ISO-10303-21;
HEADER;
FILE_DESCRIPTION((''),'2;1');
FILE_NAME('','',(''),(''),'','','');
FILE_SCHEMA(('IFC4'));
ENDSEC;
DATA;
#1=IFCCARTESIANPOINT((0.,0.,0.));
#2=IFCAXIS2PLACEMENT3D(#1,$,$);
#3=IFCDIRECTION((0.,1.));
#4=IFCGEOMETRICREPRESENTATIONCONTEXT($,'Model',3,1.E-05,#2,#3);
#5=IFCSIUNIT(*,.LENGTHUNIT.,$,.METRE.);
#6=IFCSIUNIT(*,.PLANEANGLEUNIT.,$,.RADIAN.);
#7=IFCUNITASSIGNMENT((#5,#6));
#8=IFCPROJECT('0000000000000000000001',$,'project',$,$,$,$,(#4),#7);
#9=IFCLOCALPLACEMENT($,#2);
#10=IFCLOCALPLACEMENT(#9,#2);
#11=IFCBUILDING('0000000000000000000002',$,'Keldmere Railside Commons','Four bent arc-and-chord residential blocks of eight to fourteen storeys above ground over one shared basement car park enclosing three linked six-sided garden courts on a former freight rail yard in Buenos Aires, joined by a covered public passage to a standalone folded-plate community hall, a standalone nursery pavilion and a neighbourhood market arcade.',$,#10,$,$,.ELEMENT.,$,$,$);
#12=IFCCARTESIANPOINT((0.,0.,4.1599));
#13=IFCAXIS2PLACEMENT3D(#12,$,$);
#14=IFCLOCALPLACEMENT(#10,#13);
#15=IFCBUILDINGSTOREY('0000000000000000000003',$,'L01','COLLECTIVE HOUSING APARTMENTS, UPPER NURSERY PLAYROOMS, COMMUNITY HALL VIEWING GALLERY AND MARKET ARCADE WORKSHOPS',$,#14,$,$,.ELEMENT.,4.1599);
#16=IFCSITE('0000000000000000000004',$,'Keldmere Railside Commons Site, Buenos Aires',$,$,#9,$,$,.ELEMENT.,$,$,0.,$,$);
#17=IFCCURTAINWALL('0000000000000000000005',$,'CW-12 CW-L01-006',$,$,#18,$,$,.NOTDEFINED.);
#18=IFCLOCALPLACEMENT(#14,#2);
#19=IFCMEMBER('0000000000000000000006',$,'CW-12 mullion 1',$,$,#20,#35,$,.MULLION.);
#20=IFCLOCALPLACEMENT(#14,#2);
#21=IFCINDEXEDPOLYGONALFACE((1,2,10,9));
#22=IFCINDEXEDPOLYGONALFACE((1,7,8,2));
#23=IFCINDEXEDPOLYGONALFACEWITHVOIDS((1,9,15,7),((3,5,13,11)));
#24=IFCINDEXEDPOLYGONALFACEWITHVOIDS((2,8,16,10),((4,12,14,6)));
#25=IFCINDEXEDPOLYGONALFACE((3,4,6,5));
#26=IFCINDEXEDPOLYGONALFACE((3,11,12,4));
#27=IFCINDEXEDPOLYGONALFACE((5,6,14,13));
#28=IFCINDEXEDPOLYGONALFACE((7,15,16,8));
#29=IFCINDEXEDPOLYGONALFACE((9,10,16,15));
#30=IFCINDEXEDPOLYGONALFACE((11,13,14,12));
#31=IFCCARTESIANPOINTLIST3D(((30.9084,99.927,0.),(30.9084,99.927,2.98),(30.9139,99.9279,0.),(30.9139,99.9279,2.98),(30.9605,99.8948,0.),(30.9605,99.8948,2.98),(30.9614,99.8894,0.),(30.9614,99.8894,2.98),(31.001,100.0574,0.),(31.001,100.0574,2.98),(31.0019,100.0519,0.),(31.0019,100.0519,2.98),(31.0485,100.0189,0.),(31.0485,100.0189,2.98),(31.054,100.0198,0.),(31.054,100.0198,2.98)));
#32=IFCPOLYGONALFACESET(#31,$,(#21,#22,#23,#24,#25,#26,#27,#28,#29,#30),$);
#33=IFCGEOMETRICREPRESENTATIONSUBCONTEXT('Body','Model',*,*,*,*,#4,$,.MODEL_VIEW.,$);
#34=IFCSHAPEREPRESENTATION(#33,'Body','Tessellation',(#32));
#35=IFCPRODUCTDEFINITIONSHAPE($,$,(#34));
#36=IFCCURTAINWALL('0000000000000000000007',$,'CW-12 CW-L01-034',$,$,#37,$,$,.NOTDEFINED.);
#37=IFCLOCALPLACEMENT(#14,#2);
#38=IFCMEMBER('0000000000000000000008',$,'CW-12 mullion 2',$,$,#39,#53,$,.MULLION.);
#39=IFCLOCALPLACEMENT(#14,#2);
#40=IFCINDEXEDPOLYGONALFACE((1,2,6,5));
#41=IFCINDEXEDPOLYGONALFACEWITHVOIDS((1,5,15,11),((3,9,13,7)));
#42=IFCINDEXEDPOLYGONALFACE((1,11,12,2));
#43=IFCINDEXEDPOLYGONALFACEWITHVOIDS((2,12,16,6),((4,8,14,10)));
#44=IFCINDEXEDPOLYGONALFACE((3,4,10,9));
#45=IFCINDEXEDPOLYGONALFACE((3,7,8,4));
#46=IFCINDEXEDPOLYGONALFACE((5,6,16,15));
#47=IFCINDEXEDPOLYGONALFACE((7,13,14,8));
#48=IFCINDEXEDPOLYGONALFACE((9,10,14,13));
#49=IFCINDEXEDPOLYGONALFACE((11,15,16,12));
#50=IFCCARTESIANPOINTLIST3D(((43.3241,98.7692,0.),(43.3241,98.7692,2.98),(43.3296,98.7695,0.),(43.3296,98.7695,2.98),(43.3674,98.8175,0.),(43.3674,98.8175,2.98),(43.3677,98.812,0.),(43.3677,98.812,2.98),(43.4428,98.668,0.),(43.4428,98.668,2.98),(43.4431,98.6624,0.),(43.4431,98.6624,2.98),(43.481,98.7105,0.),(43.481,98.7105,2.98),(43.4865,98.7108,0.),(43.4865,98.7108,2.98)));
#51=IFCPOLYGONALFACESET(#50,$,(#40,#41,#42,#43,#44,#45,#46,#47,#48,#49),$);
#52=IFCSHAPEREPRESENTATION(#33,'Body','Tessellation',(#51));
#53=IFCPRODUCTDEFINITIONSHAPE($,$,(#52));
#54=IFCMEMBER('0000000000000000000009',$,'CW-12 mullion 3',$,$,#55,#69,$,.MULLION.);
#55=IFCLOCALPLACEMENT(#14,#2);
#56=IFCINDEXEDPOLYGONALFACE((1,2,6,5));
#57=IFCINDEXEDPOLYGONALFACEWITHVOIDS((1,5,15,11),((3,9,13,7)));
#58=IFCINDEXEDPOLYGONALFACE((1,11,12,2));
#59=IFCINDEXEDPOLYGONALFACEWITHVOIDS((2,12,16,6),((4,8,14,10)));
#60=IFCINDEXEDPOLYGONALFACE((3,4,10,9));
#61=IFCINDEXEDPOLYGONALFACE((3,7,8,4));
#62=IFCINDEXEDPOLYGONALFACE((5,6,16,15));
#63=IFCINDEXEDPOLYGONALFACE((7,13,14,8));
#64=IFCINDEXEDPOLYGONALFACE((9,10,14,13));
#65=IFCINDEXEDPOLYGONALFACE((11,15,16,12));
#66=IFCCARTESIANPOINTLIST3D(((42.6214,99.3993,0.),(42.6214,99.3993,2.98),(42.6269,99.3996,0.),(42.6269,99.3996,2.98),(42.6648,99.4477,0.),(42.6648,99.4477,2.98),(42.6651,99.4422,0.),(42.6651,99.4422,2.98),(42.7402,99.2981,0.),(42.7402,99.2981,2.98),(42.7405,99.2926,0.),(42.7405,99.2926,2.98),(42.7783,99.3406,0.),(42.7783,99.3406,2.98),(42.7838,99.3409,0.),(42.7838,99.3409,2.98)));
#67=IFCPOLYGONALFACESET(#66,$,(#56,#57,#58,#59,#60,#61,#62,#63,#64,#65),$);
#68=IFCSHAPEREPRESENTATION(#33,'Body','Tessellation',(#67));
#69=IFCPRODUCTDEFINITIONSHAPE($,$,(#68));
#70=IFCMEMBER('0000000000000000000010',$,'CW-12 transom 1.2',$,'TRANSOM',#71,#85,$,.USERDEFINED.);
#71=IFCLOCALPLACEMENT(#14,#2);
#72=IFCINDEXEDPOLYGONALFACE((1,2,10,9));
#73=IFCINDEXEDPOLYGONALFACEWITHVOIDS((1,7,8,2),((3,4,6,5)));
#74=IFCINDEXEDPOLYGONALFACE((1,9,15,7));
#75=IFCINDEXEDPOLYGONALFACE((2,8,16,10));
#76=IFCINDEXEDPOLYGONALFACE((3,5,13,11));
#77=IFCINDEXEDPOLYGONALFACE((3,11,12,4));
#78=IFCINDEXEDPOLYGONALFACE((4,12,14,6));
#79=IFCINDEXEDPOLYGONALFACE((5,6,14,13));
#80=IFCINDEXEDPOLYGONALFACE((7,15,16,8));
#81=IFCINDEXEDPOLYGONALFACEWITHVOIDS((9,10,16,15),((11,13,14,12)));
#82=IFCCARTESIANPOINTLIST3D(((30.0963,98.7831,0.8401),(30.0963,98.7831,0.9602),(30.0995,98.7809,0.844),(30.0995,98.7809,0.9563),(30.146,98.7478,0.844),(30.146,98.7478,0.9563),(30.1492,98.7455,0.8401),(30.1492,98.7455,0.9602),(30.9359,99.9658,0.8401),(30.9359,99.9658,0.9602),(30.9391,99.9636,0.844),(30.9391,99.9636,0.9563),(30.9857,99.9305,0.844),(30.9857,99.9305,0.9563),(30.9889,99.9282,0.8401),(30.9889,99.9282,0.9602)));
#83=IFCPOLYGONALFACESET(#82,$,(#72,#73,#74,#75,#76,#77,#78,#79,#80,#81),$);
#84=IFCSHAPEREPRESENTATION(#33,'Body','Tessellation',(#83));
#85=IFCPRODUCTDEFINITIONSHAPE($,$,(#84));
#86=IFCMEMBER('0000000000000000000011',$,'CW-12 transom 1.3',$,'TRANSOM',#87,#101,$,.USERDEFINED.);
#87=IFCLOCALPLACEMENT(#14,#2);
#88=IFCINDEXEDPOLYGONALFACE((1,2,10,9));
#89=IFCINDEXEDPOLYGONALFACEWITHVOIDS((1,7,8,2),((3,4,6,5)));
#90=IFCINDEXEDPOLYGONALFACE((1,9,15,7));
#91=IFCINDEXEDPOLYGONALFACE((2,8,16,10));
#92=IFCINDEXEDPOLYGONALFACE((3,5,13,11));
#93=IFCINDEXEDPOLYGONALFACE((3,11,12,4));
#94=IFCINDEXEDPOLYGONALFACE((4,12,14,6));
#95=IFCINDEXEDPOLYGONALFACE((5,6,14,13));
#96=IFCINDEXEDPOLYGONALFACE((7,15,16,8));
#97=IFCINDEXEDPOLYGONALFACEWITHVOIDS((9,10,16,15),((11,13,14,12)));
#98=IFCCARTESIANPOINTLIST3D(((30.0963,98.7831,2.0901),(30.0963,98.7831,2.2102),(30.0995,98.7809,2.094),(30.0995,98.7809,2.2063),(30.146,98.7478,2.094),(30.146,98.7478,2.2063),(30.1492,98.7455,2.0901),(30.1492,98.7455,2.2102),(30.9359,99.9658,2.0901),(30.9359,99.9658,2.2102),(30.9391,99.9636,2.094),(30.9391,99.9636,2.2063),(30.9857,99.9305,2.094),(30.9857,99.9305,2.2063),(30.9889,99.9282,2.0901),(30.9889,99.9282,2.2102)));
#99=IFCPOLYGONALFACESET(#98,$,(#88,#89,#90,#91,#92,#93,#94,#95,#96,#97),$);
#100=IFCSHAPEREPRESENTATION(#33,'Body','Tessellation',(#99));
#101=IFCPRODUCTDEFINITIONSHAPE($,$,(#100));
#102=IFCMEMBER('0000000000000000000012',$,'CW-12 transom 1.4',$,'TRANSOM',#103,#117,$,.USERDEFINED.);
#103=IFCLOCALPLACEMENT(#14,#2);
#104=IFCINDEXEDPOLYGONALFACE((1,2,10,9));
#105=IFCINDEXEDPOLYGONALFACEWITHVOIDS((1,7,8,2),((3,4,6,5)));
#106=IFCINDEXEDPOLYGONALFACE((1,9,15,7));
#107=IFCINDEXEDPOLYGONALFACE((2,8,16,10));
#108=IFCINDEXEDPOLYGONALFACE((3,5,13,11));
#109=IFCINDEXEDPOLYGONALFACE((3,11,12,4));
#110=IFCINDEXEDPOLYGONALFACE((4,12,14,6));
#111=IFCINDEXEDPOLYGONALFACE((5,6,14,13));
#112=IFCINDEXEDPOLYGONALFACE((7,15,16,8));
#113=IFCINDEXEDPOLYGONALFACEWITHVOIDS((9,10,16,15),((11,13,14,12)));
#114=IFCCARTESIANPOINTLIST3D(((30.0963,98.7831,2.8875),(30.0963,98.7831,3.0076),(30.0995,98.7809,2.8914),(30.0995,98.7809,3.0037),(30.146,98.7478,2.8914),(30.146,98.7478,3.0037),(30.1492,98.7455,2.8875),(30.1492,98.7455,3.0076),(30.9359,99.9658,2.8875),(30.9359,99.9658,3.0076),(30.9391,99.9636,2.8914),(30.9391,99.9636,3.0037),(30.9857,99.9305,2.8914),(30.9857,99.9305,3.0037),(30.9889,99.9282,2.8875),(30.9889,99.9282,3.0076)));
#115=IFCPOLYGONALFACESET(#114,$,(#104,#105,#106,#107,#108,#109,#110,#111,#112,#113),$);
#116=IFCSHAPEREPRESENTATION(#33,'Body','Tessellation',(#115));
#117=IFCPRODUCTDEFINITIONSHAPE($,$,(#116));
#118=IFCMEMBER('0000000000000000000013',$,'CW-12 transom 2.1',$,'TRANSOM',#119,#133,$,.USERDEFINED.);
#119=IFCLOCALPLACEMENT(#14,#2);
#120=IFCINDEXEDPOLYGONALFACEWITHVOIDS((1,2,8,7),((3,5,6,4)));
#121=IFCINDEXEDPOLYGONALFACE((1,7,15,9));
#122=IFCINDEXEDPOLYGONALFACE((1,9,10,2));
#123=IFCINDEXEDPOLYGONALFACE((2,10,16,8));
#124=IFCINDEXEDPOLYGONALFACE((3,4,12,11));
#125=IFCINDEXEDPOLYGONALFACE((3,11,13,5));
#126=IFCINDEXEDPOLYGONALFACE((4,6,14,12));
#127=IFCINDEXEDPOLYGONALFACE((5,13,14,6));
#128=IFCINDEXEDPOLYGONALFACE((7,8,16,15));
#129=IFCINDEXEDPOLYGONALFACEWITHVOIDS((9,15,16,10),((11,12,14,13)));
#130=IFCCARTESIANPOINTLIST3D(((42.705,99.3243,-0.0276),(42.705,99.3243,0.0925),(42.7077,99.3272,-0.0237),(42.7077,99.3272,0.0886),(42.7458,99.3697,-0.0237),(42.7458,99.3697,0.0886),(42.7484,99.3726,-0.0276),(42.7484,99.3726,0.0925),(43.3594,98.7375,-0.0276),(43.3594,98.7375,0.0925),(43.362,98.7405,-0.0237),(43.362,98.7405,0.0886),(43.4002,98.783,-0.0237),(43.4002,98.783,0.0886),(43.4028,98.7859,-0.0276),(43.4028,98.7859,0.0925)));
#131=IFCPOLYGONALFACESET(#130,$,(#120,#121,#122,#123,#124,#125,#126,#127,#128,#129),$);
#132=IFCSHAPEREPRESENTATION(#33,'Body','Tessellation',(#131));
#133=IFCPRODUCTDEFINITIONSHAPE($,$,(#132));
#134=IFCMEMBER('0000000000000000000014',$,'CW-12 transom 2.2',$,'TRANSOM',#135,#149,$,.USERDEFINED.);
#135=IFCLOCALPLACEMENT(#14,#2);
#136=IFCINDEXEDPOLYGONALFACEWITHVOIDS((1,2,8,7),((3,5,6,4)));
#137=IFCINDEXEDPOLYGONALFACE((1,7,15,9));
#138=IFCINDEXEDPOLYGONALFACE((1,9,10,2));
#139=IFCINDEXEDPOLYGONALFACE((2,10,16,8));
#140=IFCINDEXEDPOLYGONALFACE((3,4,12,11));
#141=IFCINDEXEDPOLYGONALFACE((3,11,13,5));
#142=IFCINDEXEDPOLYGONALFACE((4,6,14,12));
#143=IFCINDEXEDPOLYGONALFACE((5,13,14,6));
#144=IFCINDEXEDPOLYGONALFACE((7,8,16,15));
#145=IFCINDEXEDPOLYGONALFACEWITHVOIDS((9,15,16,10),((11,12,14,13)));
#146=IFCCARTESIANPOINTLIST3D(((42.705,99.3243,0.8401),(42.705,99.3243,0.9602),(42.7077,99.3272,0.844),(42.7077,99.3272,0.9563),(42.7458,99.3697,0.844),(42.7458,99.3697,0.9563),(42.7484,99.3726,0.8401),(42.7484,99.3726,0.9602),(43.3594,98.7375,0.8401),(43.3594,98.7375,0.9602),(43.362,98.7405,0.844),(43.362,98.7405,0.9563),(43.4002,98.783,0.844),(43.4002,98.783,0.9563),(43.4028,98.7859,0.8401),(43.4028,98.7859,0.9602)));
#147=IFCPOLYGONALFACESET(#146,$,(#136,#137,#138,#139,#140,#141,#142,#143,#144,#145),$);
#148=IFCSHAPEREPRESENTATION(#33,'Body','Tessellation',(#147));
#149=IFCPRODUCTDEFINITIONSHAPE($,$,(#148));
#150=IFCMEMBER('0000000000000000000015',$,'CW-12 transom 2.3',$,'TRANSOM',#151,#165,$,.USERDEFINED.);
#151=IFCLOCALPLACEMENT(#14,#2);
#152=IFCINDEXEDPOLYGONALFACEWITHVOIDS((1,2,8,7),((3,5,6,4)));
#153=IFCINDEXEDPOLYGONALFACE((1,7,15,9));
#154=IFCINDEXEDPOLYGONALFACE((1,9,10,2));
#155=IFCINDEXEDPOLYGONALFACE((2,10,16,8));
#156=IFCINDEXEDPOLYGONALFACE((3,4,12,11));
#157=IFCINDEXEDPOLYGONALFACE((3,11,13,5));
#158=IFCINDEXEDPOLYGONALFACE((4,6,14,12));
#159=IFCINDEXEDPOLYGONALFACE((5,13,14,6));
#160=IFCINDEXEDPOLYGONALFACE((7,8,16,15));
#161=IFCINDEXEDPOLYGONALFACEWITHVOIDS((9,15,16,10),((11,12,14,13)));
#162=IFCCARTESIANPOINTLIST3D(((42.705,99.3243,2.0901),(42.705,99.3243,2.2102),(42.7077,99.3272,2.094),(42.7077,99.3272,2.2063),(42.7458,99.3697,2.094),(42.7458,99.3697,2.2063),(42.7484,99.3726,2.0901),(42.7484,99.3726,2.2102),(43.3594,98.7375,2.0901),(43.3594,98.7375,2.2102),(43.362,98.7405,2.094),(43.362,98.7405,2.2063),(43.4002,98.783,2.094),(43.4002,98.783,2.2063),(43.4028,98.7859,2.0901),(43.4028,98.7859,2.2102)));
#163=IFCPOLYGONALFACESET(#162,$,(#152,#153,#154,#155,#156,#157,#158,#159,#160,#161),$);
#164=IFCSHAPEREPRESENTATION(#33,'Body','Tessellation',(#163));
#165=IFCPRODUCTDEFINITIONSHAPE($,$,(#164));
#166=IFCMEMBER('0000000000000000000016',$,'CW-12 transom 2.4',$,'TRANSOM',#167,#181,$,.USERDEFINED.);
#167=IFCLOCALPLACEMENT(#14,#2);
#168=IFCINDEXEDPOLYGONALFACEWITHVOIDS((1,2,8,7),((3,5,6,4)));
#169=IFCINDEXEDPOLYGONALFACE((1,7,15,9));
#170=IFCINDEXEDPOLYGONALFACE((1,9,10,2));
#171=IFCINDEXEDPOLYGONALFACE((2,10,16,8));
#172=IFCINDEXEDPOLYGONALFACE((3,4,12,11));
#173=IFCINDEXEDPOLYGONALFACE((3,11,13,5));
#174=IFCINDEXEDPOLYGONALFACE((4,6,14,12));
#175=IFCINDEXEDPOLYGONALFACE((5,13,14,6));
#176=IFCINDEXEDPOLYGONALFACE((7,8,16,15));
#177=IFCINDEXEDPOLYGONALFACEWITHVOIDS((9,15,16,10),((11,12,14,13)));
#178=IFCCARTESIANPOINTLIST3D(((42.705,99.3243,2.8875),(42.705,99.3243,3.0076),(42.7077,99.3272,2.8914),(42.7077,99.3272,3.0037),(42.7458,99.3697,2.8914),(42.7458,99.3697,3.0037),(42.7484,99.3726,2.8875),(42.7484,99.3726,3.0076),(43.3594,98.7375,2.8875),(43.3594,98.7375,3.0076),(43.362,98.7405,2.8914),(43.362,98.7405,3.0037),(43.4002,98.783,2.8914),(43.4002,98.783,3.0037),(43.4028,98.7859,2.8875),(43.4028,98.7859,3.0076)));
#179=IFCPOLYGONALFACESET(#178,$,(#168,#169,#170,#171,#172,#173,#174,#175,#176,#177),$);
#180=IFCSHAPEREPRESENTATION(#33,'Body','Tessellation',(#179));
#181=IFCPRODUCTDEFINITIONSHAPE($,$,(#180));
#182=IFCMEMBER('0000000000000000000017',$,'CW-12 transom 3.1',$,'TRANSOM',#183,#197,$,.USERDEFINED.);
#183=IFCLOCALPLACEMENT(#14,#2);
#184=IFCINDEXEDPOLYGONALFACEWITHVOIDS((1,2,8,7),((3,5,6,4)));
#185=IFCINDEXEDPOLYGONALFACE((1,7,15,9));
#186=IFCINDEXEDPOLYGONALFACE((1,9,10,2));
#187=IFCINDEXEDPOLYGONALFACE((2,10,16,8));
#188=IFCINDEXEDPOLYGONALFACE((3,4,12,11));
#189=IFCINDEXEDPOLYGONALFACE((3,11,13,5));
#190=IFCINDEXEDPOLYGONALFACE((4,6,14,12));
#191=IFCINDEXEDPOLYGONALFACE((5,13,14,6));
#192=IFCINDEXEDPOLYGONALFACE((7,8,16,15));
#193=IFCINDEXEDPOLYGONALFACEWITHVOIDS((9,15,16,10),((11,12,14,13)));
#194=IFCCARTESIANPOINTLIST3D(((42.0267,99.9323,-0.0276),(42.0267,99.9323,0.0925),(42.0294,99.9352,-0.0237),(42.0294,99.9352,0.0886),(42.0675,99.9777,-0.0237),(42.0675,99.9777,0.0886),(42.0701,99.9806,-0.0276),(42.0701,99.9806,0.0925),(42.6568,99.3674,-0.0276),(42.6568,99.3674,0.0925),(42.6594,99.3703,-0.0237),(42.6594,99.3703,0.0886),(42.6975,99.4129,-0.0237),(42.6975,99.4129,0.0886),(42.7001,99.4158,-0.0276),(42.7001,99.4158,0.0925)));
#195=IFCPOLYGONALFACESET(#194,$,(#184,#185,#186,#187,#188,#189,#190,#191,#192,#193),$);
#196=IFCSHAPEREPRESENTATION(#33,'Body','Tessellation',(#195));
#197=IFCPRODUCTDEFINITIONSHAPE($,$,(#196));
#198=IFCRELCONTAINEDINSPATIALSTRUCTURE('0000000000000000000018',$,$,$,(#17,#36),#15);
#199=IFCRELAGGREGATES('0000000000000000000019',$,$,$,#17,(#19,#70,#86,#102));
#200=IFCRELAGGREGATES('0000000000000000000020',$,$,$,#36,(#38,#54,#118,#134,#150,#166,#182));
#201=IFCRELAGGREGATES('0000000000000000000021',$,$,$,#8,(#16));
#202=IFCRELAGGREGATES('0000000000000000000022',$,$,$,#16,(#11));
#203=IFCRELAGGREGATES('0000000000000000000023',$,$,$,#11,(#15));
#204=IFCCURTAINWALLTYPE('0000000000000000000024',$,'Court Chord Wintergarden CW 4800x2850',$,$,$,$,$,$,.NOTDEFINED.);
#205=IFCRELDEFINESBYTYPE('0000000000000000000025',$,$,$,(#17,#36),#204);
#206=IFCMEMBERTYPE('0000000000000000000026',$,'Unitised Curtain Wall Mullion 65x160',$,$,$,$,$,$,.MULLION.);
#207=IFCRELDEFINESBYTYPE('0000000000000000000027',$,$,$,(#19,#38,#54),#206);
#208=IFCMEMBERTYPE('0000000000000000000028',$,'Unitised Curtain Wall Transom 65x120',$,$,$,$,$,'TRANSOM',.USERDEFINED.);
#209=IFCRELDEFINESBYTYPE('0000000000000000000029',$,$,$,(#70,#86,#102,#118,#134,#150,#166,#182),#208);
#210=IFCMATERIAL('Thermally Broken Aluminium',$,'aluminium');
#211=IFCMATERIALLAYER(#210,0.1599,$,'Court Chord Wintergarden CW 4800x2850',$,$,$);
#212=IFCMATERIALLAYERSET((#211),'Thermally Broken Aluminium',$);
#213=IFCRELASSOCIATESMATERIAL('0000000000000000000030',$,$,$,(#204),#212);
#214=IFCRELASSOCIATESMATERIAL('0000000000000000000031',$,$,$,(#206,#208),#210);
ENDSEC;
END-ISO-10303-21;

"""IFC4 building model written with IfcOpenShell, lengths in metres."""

from ifc_helpers import new_model, si_unit, direction, frame, origin, origin_2d, place, context, subcontext, project, spatial, hollow_rectangle, extrude, material, layer, layer_set, material_profile, profile_set, type_object, element, aggregate, save


model = new_model("IFC4")

# Units and contexts
model_context = context("Model", 3, precision=1e-05, world=origin(), true_north=direction((0.0, 1.0)))
body_context = subcontext(model_context, "Body", "Model", "MODEL_VIEW")
ifc_project = project(units=[si_unit("LENGTHUNIT", "METRE"), si_unit("PLANEANGLEUNIT", "RADIAN")], contexts=[model_context])

# Site, building, storey
site_placement = place(None, origin())
site = spatial("IfcSite", under=ifc_project, at=site_placement, Name="Keldmere Railside Commons Site, Buenos Aires", CompositionType="ELEMENT", RefElevation=0.0)
building_placement = place(site_placement, origin())
building = spatial("IfcBuilding", under=site, at=building_placement, Name="Keldmere Railside Commons", Description="Four bent arc-and-chord residential blocks of eight to fourteen storeys above ground over one shared basement car park enclosing three linked six-sided garden courts on a former freight rail yard in Buenos Aires, joined by a covered public passage to a standalone folded-plate community hall, a standalone nursery pavilion and a neighbourhood market arcade.", CompositionType="ELEMENT")
storey_placement = place(building_placement, frame((0.0, 0.0, 4.1599)))
storey = spatial("IfcBuildingStorey", under=building, at=storey_placement, Name="L01", Description="COLLECTIVE HOUSING APARTMENTS, UPPER NURSERY PLAYROOMS, COMMUNITY HALL VIEWING GALLERY AND MARKET ARCADE WORKSHOPS", CompositionType="ELEMENT", Elevation=4.1599)

# Curtain wall, member
ifc_material_1 = material(Name="Thermally Broken Aluminium", Category="aluminium")
ifc_layer_1 = layer(ifc_material_1, 0.1599, Name="Court Chord Wintergarden CW 4800x2850")
ifc_layer_set_1 = layer_set([ifc_layer_1], Name="Thermally Broken Aluminium")
curtain_wall_type = type_object("IfcCurtainWallType", Name="Court Chord Wintergarden CW 4800x2850", PredefinedType="NOTDEFINED", material=ifc_layer_set_1)
curtain_wall_1_placement = place(storey_placement, origin())
curtain_wall_1 = element("IfcCurtainWall", 1, at=curtain_wall_1_placement, inside=storey, type_object=curtain_wall_type, Name="CW-12 CW-L01-006", PredefinedType="NOTDEFINED")
ifc_material_profile_1 = material_profile(ifc_material_1, hollow_rectangle(XDim=0.0649, YDim=0.1599, WallThickness=0.0039, at=origin_2d()), Name="ALU-MULL-65x160")
ifc_profile_set_1 = profile_set([ifc_material_profile_1], Name="Thermally Broken Aluminium")
member_type_1 = type_object("IfcMemberType", Name="Unitised Curtain Wall Mullion 65x160", PredefinedType="MULLION", material=ifc_profile_set_1)
member_1_placement = place(storey_placement, frame((30.9812, 99.9734, 0.0), z_axis=(0.0, 0.0, 1.0), x_axis=(0.815389, -0.578913, 0.0)))
member_1 = element("IfcMember", 2, at=member_1_placement, type_object=member_type_1, Name="CW-12 mullion 1", PredefinedType="MULLION", context=body_context, shape_type="SweptSolid", body=[
    extrude(hollow_rectangle(XDim=0.0649, YDim=0.1599, WallThickness=0.0039, at=origin_2d()), origin(), (0.0, 0.0, 1.0), 2.98),
])

# Curtain wall, members
curtain_wall_2_placement = place(storey_placement, origin())
curtain_wall_2 = element("IfcCurtainWall", 3, at=curtain_wall_2_placement, inside=storey, type_object=curtain_wall_type, Name="CW-12 CW-L01-034", PredefinedType="NOTDEFINED")
member_2_placement = place(storey_placement, frame((43.4053, 98.74, 0.0), z_axis=(0.0, 0.0, 1.0), x_axis=(-0.667559, -0.744557, 0.0)))
member_2 = element("IfcMember", 4, at=member_2_placement, type_object=member_type_1, Name="CW-12 mullion 2", PredefinedType="MULLION", context=body_context, shape_type="SweptSolid", body=[
    extrude(hollow_rectangle(XDim=0.0649, YDim=0.1599, WallThickness=0.0039, at=origin_2d()), origin(), (0.0, 0.0, 1.0), 2.98),
])
member_3_placement = place(storey_placement, frame((42.7026, 99.3701, 0.0), z_axis=(0.0, 0.0, 1.0), x_axis=(-0.667559, -0.744557, 0.0)))
member_3 = element("IfcMember", 5, at=member_3_placement, type_object=member_type_1, Name="CW-12 mullion 3", PredefinedType="MULLION", context=body_context, shape_type="SweptSolid", body=[
    extrude(hollow_rectangle(XDim=0.0649, YDim=0.1599, WallThickness=0.0039, at=origin_2d()), origin(), (0.0, 0.0, 1.0), 2.98),
])

# Members
ifc_material_profile_2 = material_profile(ifc_material_1, hollow_rectangle(XDim=0.0649, YDim=0.1201, WallThickness=0.0039, at=origin_2d()), Name="ALU-TRAN-65x120")
ifc_profile_set_2 = profile_set([ifc_material_profile_2], Name="Thermally Broken Aluminium")
member_type_2 = type_object("IfcMemberType", Name="Unitised Curtain Wall Transom 65x120", ElementType="TRANSOM", PredefinedType="USERDEFINED", material=ifc_profile_set_2)
member_4_placement = place(storey_placement, frame((30.9624, 99.947, 0.9001), z_axis=(-0.578895, -0.815402, 0.0), x_axis=(0.815402, -0.578895, 0.0)))
member_4 = element("IfcMember", 6, at=member_4_placement, type_object=member_type_2, Name="CW-12 transom 1.2", ObjectType="TRANSOM", PredefinedType="USERDEFINED", context=body_context, shape_type="SweptSolid", body=[
    extrude(hollow_rectangle(XDim=0.0649, YDim=0.1201, WallThickness=0.0039, at=origin_2d()), origin(), (0.0, 0.0, 1.0), 1.4504),
])
member_5_placement = place(storey_placement, frame((30.9624, 99.947, 2.1501), z_axis=(-0.578895, -0.815402, 0.0), x_axis=(0.815402, -0.578895, 0.0)))
member_5 = element("IfcMember", 7, at=member_5_placement, type_object=member_type_2, Name="CW-12 transom 1.3", ObjectType="TRANSOM", PredefinedType="USERDEFINED", context=body_context, shape_type="SweptSolid", body=[
    extrude(hollow_rectangle(XDim=0.0649, YDim=0.1201, WallThickness=0.0039, at=origin_2d()), origin(), (0.0, 0.0, 1.0), 1.4504),
])
member_6_placement = place(storey_placement, frame((30.9624, 99.947, 2.9475), z_axis=(-0.578895, -0.815402, 0.0), x_axis=(0.815402, -0.578895, 0.0)))
member_6 = element("IfcMember", 8, at=member_6_placement, type_object=member_type_2, Name="CW-12 transom 1.4", ObjectType="TRANSOM", PredefinedType="USERDEFINED", context=body_context, shape_type="SweptSolid", body=[
    extrude(hollow_rectangle(XDim=0.0649, YDim=0.1201, WallThickness=0.0039, at=origin_2d()), origin(), (0.0, 0.0, 1.0), 1.4504),
])
aggregate(curtain_wall_1, [member_1, member_4, member_5, member_6])
member_7_placement = place(storey_placement, frame((43.3811, 98.7617, 0.0325), z_axis=(-0.744536, 0.667582, 0.0), x_axis=(-0.667582, -0.744536, 0.0)))
member_7 = element("IfcMember", 9, at=member_7_placement, type_object=member_type_2, Name="CW-12 transom 2.1", ObjectType="TRANSOM", PredefinedType="USERDEFINED", context=body_context, shape_type="SweptSolid", body=[
    extrude(hollow_rectangle(XDim=0.0649, YDim=0.1201, WallThickness=0.0039, at=origin_2d()), origin(), (0.0, 0.0, 1.0), 0.8789),
])
member_8_placement = place(storey_placement, frame((43.3811, 98.7617, 0.9001), z_axis=(-0.744536, 0.667582, 0.0), x_axis=(-0.667582, -0.744536, 0.0)))
member_8 = element("IfcMember", 10, at=member_8_placement, type_object=member_type_2, Name="CW-12 transom 2.2", ObjectType="TRANSOM", PredefinedType="USERDEFINED", context=body_context, shape_type="SweptSolid", body=[
    extrude(hollow_rectangle(XDim=0.0649, YDim=0.1201, WallThickness=0.0039, at=origin_2d()), origin(), (0.0, 0.0, 1.0), 0.8789),
])
member_9_placement = place(storey_placement, frame((43.3811, 98.7617, 2.1501), z_axis=(-0.744536, 0.667582, 0.0), x_axis=(-0.667582, -0.744536, 0.0)))
member_9 = element("IfcMember", 11, at=member_9_placement, type_object=member_type_2, Name="CW-12 transom 2.3", ObjectType="TRANSOM", PredefinedType="USERDEFINED", context=body_context, shape_type="SweptSolid", body=[
    extrude(hollow_rectangle(XDim=0.0649, YDim=0.1201, WallThickness=0.0039, at=origin_2d()), origin(), (0.0, 0.0, 1.0), 0.8789),
])
member_10_placement = place(storey_placement, frame((43.3811, 98.7617, 2.9475), z_axis=(-0.744536, 0.667582, 0.0), x_axis=(-0.667582, -0.744536, 0.0)))
member_10 = element("IfcMember", 12, at=member_10_placement, type_object=member_type_2, Name="CW-12 transom 2.4", ObjectType="TRANSOM", PredefinedType="USERDEFINED", context=body_context, shape_type="SweptSolid", body=[
    extrude(hollow_rectangle(XDim=0.0649, YDim=0.1201, WallThickness=0.0039, at=origin_2d()), origin(), (0.0, 0.0, 1.0), 0.8789),
])
member_11_placement = place(storey_placement, frame((42.6785, 99.3916, 0.0325), z_axis=(-0.744569, 0.667545, 0.0), x_axis=(-0.667545, -0.744569, 0.0)))
member_11 = element("IfcMember", 13, at=member_11_placement, type_object=member_type_2, Name="CW-12 transom 3.1", ObjectType="TRANSOM", PredefinedType="USERDEFINED", context=body_context, shape_type="SweptSolid", body=[
    extrude(hollow_rectangle(XDim=0.0649, YDim=0.1201, WallThickness=0.0039, at=origin_2d()), origin(), (0.0, 0.0, 1.0), 0.8462),
])

aggregate(curtain_wall_2, [member_2, member_3, member_7, member_8, member_9, member_10, member_11])

save(model, "model.ifc")
